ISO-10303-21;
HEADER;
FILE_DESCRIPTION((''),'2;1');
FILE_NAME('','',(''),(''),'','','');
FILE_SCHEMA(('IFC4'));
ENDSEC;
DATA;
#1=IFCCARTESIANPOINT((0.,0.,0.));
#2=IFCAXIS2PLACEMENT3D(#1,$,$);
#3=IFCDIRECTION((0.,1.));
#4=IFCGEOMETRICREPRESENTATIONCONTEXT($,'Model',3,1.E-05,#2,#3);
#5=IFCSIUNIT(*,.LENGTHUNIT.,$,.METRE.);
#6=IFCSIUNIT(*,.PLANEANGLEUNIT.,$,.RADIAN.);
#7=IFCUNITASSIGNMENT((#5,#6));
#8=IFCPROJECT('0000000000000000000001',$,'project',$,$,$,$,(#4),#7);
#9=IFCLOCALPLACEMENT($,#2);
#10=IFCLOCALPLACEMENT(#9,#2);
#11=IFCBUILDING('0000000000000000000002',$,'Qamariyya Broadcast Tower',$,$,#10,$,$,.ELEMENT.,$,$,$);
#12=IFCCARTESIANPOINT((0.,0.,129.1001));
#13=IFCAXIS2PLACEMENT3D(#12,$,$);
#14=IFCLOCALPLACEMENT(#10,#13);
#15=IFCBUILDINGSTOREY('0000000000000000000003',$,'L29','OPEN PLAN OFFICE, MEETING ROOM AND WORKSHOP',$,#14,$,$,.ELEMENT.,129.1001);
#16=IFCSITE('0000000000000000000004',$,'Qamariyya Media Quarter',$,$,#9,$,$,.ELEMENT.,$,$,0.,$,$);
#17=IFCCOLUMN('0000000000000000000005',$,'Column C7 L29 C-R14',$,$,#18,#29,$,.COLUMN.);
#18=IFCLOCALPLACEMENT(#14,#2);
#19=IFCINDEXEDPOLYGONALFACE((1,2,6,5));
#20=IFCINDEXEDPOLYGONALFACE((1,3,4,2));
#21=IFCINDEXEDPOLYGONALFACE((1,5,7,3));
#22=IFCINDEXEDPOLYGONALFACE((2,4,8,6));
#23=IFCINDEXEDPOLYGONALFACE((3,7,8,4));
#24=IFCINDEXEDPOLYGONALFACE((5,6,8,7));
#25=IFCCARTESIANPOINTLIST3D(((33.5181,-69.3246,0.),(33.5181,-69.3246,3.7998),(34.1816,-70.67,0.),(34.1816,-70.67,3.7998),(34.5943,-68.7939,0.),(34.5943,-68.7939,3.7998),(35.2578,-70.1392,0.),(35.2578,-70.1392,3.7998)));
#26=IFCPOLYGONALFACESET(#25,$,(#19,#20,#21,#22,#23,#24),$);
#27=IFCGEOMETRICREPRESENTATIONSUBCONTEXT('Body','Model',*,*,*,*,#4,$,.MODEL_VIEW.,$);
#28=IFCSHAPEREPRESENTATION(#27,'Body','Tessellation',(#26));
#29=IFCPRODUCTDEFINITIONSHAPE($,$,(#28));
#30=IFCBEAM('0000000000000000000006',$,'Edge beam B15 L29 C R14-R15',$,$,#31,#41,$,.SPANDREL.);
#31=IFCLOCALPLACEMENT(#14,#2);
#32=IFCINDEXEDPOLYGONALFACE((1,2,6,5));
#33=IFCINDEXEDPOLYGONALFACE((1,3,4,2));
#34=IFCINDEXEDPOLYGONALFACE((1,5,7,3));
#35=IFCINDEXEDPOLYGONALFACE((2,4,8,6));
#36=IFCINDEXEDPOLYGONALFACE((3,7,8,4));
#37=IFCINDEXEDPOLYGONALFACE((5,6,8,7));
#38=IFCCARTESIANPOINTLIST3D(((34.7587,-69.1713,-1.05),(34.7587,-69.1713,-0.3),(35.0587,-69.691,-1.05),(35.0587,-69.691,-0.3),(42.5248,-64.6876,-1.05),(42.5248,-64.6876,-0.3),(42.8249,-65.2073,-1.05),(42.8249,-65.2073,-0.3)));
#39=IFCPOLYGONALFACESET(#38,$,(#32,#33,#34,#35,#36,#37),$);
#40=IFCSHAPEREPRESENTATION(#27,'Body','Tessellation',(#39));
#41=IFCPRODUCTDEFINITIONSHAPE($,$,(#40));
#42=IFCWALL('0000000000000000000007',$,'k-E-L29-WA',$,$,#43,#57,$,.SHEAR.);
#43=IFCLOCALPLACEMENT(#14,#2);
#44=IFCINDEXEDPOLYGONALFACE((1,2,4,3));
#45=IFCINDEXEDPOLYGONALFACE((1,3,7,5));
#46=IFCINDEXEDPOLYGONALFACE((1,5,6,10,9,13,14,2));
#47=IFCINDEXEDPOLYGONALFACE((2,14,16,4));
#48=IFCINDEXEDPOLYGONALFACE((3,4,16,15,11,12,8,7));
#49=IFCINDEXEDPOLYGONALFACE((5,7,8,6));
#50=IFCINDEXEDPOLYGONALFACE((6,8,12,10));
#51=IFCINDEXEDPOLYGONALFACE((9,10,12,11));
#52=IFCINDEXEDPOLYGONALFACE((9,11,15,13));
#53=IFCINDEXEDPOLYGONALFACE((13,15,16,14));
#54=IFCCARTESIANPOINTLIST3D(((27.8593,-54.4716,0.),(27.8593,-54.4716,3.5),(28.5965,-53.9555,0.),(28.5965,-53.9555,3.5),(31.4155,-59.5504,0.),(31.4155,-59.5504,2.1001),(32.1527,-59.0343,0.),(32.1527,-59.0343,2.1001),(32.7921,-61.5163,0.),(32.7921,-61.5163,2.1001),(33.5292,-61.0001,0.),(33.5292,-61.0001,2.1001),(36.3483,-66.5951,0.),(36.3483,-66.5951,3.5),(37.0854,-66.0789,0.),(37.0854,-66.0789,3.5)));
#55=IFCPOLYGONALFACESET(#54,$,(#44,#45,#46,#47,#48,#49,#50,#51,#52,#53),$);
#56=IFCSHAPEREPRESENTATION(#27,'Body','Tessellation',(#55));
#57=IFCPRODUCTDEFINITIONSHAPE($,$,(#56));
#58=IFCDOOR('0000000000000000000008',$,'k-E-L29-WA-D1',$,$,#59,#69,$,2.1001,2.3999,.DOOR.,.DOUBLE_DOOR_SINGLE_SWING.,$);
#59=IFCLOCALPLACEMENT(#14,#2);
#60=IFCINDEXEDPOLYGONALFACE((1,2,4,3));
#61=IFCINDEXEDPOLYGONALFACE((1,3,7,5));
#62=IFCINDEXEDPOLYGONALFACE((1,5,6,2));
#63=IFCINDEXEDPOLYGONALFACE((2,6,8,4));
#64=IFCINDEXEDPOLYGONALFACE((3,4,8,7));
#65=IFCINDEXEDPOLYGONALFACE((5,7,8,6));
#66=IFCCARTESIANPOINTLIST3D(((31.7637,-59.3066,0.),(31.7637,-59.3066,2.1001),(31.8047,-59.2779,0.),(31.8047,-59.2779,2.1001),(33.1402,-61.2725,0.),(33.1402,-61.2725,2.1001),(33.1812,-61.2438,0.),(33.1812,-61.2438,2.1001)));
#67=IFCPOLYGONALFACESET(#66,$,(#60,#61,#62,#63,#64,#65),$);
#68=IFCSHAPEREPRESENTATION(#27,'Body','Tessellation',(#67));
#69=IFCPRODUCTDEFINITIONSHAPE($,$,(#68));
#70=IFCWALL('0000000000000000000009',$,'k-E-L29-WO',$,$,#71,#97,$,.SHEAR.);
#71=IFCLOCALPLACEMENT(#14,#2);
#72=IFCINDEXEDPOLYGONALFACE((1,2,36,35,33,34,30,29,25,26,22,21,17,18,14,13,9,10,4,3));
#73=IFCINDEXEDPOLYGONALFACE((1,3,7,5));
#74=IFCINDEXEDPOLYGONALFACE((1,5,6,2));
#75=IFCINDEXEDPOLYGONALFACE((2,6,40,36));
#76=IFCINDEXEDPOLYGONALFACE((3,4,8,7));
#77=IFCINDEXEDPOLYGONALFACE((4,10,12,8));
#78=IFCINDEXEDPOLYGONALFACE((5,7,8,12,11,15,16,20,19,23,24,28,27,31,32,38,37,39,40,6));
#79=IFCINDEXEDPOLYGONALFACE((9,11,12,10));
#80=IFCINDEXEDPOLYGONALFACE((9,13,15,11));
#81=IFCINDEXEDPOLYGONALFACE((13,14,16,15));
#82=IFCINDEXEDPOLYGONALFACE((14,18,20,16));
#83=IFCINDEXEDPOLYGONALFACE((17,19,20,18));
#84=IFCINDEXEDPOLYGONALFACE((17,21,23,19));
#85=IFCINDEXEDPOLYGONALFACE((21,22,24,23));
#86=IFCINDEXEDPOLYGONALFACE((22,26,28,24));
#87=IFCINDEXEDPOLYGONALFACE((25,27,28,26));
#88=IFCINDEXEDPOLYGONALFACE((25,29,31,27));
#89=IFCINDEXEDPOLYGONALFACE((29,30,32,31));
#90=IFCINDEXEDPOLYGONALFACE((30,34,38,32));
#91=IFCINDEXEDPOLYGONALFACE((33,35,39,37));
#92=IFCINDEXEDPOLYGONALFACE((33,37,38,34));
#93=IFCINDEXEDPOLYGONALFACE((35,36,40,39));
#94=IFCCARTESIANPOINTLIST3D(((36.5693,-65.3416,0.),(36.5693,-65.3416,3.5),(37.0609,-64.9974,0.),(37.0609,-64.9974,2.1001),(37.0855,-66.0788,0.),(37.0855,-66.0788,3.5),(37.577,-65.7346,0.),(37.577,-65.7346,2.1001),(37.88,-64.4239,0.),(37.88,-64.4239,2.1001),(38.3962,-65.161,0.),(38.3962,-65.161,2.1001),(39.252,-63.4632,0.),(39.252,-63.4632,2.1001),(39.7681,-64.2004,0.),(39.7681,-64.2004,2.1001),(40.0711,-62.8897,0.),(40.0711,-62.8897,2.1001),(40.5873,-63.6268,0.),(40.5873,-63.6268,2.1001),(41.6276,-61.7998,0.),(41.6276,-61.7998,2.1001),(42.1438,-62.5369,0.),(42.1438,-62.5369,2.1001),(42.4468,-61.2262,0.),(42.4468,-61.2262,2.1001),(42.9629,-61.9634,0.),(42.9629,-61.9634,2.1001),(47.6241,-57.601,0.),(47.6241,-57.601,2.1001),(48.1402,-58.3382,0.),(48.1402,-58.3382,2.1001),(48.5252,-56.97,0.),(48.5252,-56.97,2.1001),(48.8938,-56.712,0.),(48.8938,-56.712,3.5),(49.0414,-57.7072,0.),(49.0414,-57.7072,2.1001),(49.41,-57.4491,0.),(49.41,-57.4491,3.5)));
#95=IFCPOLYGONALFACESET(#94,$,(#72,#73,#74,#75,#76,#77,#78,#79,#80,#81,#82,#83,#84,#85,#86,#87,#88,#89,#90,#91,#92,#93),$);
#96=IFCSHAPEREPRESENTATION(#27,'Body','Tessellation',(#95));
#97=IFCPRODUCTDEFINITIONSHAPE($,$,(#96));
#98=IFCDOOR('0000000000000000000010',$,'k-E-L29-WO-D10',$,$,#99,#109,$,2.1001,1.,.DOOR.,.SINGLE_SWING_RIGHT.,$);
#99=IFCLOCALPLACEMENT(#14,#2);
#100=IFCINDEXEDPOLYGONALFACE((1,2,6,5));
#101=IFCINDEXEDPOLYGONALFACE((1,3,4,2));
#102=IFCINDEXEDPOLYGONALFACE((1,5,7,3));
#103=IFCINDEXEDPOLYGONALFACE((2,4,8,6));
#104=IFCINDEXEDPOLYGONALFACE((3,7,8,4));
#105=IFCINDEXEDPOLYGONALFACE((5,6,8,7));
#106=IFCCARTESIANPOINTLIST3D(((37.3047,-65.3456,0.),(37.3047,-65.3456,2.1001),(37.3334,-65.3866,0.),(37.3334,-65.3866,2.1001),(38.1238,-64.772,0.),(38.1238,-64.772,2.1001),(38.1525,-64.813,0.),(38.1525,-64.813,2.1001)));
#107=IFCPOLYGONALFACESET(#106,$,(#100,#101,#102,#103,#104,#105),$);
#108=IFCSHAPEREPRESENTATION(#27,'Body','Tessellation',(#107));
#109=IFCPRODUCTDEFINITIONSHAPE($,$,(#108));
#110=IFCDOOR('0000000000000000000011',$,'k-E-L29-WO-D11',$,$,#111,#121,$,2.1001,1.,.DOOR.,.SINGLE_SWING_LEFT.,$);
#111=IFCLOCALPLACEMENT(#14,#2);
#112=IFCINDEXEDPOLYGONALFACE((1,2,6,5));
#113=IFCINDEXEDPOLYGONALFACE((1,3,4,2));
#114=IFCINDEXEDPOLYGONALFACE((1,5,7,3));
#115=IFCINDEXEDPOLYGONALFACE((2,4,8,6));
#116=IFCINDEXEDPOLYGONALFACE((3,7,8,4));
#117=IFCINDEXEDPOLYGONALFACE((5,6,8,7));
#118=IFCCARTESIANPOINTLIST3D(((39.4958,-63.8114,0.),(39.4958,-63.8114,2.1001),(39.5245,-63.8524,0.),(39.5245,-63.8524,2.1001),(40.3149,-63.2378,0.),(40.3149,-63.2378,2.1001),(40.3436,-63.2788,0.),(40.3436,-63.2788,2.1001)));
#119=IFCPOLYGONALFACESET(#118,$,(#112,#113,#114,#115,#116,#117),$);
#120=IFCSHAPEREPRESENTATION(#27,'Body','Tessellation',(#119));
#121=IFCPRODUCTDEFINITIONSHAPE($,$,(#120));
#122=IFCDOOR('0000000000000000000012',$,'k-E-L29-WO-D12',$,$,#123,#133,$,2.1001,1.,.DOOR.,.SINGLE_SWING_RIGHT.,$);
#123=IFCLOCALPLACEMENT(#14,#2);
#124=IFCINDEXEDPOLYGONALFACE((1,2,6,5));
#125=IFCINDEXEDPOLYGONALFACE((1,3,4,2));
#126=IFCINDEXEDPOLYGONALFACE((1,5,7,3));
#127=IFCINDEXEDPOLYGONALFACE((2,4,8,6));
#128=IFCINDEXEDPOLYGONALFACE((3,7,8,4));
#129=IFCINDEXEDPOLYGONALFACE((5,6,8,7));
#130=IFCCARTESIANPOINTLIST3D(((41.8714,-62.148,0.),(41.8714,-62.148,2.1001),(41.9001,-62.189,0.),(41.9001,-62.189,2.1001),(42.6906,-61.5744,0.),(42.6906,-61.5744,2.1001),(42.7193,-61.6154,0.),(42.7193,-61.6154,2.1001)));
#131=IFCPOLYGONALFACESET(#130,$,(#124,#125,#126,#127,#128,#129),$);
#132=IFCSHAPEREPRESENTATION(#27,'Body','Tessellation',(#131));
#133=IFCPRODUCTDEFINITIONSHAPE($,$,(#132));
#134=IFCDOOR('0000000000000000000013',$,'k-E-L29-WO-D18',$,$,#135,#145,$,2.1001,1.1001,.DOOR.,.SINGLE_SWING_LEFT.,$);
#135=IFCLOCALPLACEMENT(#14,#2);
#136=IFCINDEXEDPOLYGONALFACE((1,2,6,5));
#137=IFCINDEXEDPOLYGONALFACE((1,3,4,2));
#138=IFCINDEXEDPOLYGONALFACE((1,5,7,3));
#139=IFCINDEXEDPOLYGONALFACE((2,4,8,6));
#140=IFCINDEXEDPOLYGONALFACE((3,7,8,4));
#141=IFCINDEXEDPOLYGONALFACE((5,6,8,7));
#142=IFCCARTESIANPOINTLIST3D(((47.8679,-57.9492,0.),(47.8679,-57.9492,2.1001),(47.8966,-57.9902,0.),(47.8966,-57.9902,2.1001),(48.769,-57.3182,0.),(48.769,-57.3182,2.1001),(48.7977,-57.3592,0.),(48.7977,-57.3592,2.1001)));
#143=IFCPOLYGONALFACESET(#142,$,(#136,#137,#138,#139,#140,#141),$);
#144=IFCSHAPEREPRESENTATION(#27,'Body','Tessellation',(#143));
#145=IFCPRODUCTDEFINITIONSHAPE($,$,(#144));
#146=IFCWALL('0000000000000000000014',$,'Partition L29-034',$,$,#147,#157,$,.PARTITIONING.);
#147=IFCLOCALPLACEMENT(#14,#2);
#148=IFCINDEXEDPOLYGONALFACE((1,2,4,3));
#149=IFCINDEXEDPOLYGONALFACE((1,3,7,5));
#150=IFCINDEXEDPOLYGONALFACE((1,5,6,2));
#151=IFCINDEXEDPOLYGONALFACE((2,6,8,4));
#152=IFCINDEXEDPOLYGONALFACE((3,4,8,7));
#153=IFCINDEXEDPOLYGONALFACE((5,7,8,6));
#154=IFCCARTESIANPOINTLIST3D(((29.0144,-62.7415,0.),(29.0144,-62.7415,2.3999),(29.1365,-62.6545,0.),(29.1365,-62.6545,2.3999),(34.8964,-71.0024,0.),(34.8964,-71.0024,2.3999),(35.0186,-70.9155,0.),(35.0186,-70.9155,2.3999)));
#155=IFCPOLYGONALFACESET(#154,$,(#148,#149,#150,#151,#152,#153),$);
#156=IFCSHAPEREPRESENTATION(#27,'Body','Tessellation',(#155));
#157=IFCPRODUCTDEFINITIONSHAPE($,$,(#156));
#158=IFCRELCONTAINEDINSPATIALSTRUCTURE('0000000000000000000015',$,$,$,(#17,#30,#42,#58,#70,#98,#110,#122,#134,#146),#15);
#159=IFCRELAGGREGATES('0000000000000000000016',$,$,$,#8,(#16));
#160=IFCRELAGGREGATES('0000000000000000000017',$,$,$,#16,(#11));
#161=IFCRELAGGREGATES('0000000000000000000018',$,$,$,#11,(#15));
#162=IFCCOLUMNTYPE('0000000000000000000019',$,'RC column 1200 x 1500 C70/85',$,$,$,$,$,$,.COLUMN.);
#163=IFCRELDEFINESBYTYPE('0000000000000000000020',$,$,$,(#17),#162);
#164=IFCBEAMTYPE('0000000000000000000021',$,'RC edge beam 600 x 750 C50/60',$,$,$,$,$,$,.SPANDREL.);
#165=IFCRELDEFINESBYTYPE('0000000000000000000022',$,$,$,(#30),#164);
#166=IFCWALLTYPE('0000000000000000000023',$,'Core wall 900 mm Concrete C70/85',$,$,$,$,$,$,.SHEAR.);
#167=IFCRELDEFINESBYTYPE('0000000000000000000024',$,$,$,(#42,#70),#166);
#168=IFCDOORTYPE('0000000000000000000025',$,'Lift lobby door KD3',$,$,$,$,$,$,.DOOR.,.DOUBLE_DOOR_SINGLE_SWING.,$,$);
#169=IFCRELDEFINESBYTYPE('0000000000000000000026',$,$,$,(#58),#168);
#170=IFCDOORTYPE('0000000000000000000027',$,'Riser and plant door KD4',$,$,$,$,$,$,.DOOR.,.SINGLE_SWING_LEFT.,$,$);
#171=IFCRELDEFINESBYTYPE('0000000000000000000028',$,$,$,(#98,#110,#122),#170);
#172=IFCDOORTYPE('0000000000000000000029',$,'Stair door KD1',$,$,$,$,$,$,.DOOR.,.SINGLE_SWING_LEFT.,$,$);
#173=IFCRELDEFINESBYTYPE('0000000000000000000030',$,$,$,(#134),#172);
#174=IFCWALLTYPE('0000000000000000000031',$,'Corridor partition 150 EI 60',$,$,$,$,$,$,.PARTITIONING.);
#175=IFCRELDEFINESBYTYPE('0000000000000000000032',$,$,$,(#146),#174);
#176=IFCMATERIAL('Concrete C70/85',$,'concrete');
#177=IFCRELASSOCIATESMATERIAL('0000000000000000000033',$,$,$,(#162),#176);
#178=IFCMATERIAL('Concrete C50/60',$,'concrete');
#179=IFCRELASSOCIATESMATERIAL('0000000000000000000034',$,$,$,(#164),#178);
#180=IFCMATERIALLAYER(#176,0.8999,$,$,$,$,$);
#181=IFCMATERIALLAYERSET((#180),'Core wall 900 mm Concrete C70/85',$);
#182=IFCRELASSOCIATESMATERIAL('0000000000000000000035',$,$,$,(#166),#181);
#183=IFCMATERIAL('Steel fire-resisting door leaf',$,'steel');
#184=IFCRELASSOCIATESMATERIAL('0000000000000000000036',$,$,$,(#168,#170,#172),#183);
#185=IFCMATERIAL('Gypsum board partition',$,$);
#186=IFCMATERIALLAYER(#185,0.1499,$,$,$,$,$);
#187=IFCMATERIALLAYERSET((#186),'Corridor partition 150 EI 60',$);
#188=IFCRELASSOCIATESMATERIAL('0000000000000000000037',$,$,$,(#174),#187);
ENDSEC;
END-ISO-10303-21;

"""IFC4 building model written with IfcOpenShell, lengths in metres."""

from ifc_helpers import new_model, si_unit, direction, frame, frame_2d, origin, origin_2d, place, context, subcontext, project, spatial, rectangle, extrude, material, layer, layer_set, material_profile, profile_set, type_object, element, fill, save


model = new_model("IFC4")

# Units and contexts
model_context = context("Model", 3, precision=1e-05, world=origin(), true_north=direction((0.0, 1.0)))
body_context = subcontext(model_context, "Body", "Model", "MODEL_VIEW")
ifc_project = project(units=[si_unit("LENGTHUNIT", "METRE"), si_unit("PLANEANGLEUNIT", "RADIAN")], contexts=[model_context])

# Site, building, storey
site_placement = place(None, origin())
site = spatial("IfcSite", under=ifc_project, at=site_placement, Name="Qamariyya Media Quarter", CompositionType="ELEMENT", RefElevation=0.0)
building_placement = place(site_placement, origin())
building = spatial("IfcBuilding", under=site, at=building_placement, Name="Qamariyya Broadcast Tower", CompositionType="ELEMENT")
storey_placement = place(building_placement, frame((0.0, 0.0, 129.1001)))
storey = spatial("IfcBuildingStorey", under=building, at=storey_placement, Name="L29", Description="OPEN PLAN OFFICE, MEETING ROOM AND WORKSHOP", CompositionType="ELEMENT", Elevation=129.1001)

# Column
ifc_material_1 = material(Name="Concrete C70/85", Category="concrete")
ifc_material_profile_1 = material_profile(ifc_material_1, rectangle(XDim=1.2, YDim=1.5, at=origin_2d()))
ifc_profile_set_1 = profile_set([ifc_material_profile_1], Name="Concrete C70/85")
column_type = type_object("IfcColumnType", Name="RC column 1200 x 1500 C70/85", PredefinedType="COLUMN", material=ifc_profile_set_1)
column_placement = place(storey_placement, frame((34.3879, -69.7319, 0.0), z_axis=(0.0, 0.0, 1.0), x_axis=(0.896873, 0.442289, 0.0)))
element("IfcColumn", 1, at=column_placement, inside=storey, type_object=column_type, Name="Column C7 L29 C-R14", PredefinedType="COLUMN", context=body_context, shape_type="SweptSolid", body=[
    extrude(rectangle(XDim=1.2, YDim=1.5, at=origin_2d()), origin(), (0.0, 0.0, 1.0), 3.7998),
])

# Beam
ifc_material_2 = material(Name="Concrete C50/60", Category="concrete")
ifc_material_profile_2 = material_profile(ifc_material_2, rectangle(XDim=0.6001, YDim=0.75, at=origin_2d()))
ifc_profile_set_2 = profile_set([ifc_material_profile_2], Name="Concrete C50/60")
beam_type = type_object("IfcBeamType", Name="RC edge beam 600 x 750 C50/60", PredefinedType="SPANDREL", material=ifc_profile_set_2)
beam_placement = place(storey_placement, frame((34.9087, -69.4312, -0.675), z_axis=(0.866031, 0.49999, 0.0), x_axis=(-0.49999, 0.866031, 0.0)))
element("IfcBeam", 2, at=beam_placement, inside=storey, type_object=beam_type, Name="Edge beam B15 L29 C R14-R15", PredefinedType="SPANDREL", context=body_context, shape_type="SweptSolid", body=[
    extrude(rectangle(XDim=0.6001, YDim=0.75, at=origin_2d()), origin(), (0.0, 0.0, 1.0), 8.9675),
])

# Wall, opening, door
ifc_layer_1 = layer(ifc_material_1, 0.8999)
ifc_layer_set_1 = layer_set([ifc_layer_1], Name="Core wall 900 mm Concrete C70/85")
wall_type_1 = type_object("IfcWallType", Name="Core wall 900 mm Concrete C70/85", PredefinedType="SHEAR", material=ifc_layer_set_1)
wall_1_placement = place(storey_placement, frame((36.7168, -66.3369, 0.0), z_axis=(0.0, 0.0, 1.0), x_axis=(-0.573577, 0.819151, 0.0)))
wall_1 = element("IfcWall", 3, at=wall_1_placement, inside=storey, type_object=wall_type_1, Name="k-E-L29-WA", PredefinedType="SHEAR", context=body_context, shape_type="SweptSolid", body=[
    extrude(rectangle(XDim=14.8, YDim=0.8999, at=frame_2d((7.3999, 0.0))), origin(), (0.0, 0.0, 1.0), 3.5),
])
opening_1_placement = place(wall_1_placement, frame((6.2, 0.0, 0.0)))
opening_1 = element("IfcOpeningElement", 4, at=opening_1_placement, cuts=wall_1, PredefinedType="OPENING", context=body_context, shape_type="SweptSolid", body=[
    extrude(rectangle(XDim=2.3999, YDim=2.1001, at=frame_2d((1.2, 1.05))), frame((0.0, 0.46, 0.0), z_axis=(0.0, -1.0, 0.0), x_axis=(1.0, 0.0, 0.0)), (0.0, 0.0, 1.0), 0.9199),
])
ifc_material_3 = material(Name="Steel fire-resisting door leaf", Category="steel")
door_type_1 = type_object("IfcDoorType", Name="Lift lobby door KD3", OperationType="DOUBLE_DOOR_SINGLE_SWING", PredefinedType="DOOR", material=ifc_material_3)
door_1_placement = place(opening_1_placement, origin())
door_1 = element("IfcDoor", 5, at=door_1_placement, inside=storey, type_object=door_type_1, Name="k-E-L29-WA-D1", OperationType="DOUBLE_DOOR_SINGLE_SWING", OverallHeight=2.1001, OverallWidth=2.3999, PredefinedType="DOOR", context=body_context, shape_type="SweptSolid", body=[
    extrude(rectangle(XDim=2.3999, YDim=2.1001, at=frame_2d((1.2, 1.05))), frame((0.0, 0.0249, 0.0), z_axis=(0.0, -1.0, 0.0), x_axis=(1.0, 0.0, 0.0)), (0.0, 0.0, 1.0), 0.05),
])
fill(opening_1, door_1)

# Wall, openings, doors
wall_2_placement = place(storey_placement, frame((36.8274, -65.7102, 0.0), z_axis=(0.0, 0.0, 1.0), x_axis=(0.819153, 0.573575, 0.0)))
wall_2 = element("IfcWall", 6, at=wall_2_placement, inside=storey, type_object=wall_type_1, Name="k-E-L29-WO", PredefinedType="SHEAR", context=body_context, shape_type="SweptSolid", body=[
    extrude(rectangle(XDim=15.0454, YDim=0.8999, at=frame_2d((7.5227, 0.0))), origin(), (0.0, 0.0, 1.0), 3.5),
])
opening_2_placement = place(wall_2_placement, frame((0.6001, 0.0, 0.0)))
opening_2 = element("IfcOpeningElement", 7, at=opening_2_placement, cuts=wall_2, PredefinedType="OPENING", context=body_context, shape_type="SweptSolid", body=[
    extrude(rectangle(XDim=1.0, YDim=2.1001, at=frame_2d((0.5, 1.05))), frame((0.0, 0.46, 0.0), z_axis=(0.0, -1.0, 0.0), x_axis=(1.0, 0.0, 0.0)), (0.0, 0.0, 1.0), 0.9199),
])
opening_3_placement = place(wall_2_placement, frame((3.2749, 0.0, 0.0)))
opening_3 = element("IfcOpeningElement", 8, at=opening_3_placement, cuts=wall_2, PredefinedType="OPENING", context=body_context, shape_type="SweptSolid", body=[
    extrude(rectangle(XDim=1.0, YDim=2.1001, at=frame_2d((0.5, 1.05))), frame((0.0, 0.46, 0.0), z_axis=(0.0, -1.0, 0.0), x_axis=(1.0, 0.0, 0.0)), (0.0, 0.0, 1.0), 0.9199),
])
opening_4_placement = place(wall_2_placement, frame((6.175, 0.0, 0.0)))
opening_4 = element("IfcOpeningElement", 9, at=opening_4_placement, cuts=wall_2, PredefinedType="OPENING", context=body_context, shape_type="SweptSolid", body=[
    extrude(rectangle(XDim=1.0, YDim=2.1001, at=frame_2d((0.5, 1.05))), frame((0.0, 0.46, 0.0), z_axis=(0.0, -1.0, 0.0), x_axis=(1.0, 0.0, 0.0)), (0.0, 0.0, 1.0), 0.9199),
])
opening_5_placement = place(wall_2_placement, frame((13.4954, 0.0, 0.0)))
opening_5 = element("IfcOpeningElement", 10, at=opening_5_placement, cuts=wall_2, PredefinedType="OPENING", context=body_context, shape_type="SweptSolid", body=[
    extrude(rectangle(XDim=1.1001, YDim=2.1001, at=frame_2d((0.55, 1.05))), frame((0.0, 0.46, 0.0), z_axis=(0.0, -1.0, 0.0), x_axis=(1.0, 0.0, 0.0)), (0.0, 0.0, 1.0), 0.9199),
])
door_type_2 = type_object("IfcDoorType", Name="Riser and plant door KD4", OperationType="SINGLE_SWING_LEFT", PredefinedType="DOOR", material=ifc_material_3)
door_2_placement = place(opening_2_placement, origin())
door_2 = element("IfcDoor", 11, at=door_2_placement, inside=storey, type_object=door_type_2, Name="k-E-L29-WO-D10", OperationType="SINGLE_SWING_RIGHT", OverallHeight=2.1001, OverallWidth=1.0, PredefinedType="DOOR", context=body_context, shape_type="SweptSolid", body=[
    extrude(rectangle(XDim=1.0, YDim=2.1001, at=frame_2d((0.5, 1.05))), frame((0.0, 0.0249, 0.0), z_axis=(0.0, -1.0, 0.0), x_axis=(1.0, 0.0, 0.0)), (0.0, 0.0, 1.0), 0.05),
])
fill(opening_2, door_2)
door_3_placement = place(opening_3_placement, origin())
door_3 = element("IfcDoor", 12, at=door_3_placement, inside=storey, type_object=door_type_2, Name="k-E-L29-WO-D11", OperationType="SINGLE_SWING_LEFT", OverallHeight=2.1001, OverallWidth=1.0, PredefinedType="DOOR", context=body_context, shape_type="SweptSolid", body=[
    extrude(rectangle(XDim=1.0, YDim=2.1001, at=frame_2d((0.5, 1.05))), frame((0.0, 0.0249, 0.0), z_axis=(0.0, -1.0, 0.0), x_axis=(1.0, 0.0, 0.0)), (0.0, 0.0, 1.0), 0.05),
])
fill(opening_3, door_3)
door_4_placement = place(opening_4_placement, origin())
door_4 = element("IfcDoor", 13, at=door_4_placement, inside=storey, type_object=door_type_2, Name="k-E-L29-WO-D12", OperationType="SINGLE_SWING_RIGHT", OverallHeight=2.1001, OverallWidth=1.0, PredefinedType="DOOR", context=body_context, shape_type="SweptSolid", body=[
    extrude(rectangle(XDim=1.0, YDim=2.1001, at=frame_2d((0.5, 1.05))), frame((0.0, 0.0249, 0.0), z_axis=(0.0, -1.0, 0.0), x_axis=(1.0, 0.0, 0.0)), (0.0, 0.0, 1.0), 0.05),
])
fill(opening_4, door_4)
door_type_3 = type_object("IfcDoorType", Name="Stair door KD1", OperationType="SINGLE_SWING_LEFT", PredefinedType="DOOR", material=ifc_material_3)
door_5_placement = place(opening_5_placement, origin())
door_5 = element("IfcDoor", 14, at=door_5_placement, inside=storey, type_object=door_type_3, Name="k-E-L29-WO-D18", OperationType="SINGLE_SWING_LEFT", OverallHeight=2.1001, OverallWidth=1.1001, PredefinedType="DOOR", context=body_context, shape_type="SweptSolid", body=[
    extrude(rectangle(XDim=1.1001, YDim=2.1001, at=frame_2d((0.55, 1.05))), frame((0.0, 0.0249, 0.0), z_axis=(0.0, -1.0, 0.0), x_axis=(1.0, 0.0, 0.0)), (0.0, 0.0, 1.0), 0.05),
])
fill(opening_5, door_5)

# Wall
ifc_material_4 = material(Name="Gypsum board partition")
ifc_layer_2 = layer(ifc_material_4, 0.1499)
ifc_layer_set_2 = layer_set([ifc_layer_2], Name="Corridor partition 150 EI 60")
wall_type_2 = type_object("IfcWallType", Name="Corridor partition 150 EI 60", PredefinedType="PARTITIONING", material=ifc_layer_set_2)
wall_3_placement = place(storey_placement, frame((29.0754, -62.698, 0.0), z_axis=(0.0, 0.0, 1.0), x_axis=(0.580021, -0.814601, 0.0)))
element("IfcWall", 15, at=wall_3_placement, inside=storey, type_object=wall_type_2, Name="Partition L29-034", PredefinedType="PARTITIONING", context=body_context, shape_type="SweptSolid", body=[
    extrude(rectangle(XDim=10.1411, YDim=0.1499, at=frame_2d((5.0706, 0.0))), origin(), (0.0, 0.0, 1.0), 2.3999),
])

save(model, "model.ifc")
